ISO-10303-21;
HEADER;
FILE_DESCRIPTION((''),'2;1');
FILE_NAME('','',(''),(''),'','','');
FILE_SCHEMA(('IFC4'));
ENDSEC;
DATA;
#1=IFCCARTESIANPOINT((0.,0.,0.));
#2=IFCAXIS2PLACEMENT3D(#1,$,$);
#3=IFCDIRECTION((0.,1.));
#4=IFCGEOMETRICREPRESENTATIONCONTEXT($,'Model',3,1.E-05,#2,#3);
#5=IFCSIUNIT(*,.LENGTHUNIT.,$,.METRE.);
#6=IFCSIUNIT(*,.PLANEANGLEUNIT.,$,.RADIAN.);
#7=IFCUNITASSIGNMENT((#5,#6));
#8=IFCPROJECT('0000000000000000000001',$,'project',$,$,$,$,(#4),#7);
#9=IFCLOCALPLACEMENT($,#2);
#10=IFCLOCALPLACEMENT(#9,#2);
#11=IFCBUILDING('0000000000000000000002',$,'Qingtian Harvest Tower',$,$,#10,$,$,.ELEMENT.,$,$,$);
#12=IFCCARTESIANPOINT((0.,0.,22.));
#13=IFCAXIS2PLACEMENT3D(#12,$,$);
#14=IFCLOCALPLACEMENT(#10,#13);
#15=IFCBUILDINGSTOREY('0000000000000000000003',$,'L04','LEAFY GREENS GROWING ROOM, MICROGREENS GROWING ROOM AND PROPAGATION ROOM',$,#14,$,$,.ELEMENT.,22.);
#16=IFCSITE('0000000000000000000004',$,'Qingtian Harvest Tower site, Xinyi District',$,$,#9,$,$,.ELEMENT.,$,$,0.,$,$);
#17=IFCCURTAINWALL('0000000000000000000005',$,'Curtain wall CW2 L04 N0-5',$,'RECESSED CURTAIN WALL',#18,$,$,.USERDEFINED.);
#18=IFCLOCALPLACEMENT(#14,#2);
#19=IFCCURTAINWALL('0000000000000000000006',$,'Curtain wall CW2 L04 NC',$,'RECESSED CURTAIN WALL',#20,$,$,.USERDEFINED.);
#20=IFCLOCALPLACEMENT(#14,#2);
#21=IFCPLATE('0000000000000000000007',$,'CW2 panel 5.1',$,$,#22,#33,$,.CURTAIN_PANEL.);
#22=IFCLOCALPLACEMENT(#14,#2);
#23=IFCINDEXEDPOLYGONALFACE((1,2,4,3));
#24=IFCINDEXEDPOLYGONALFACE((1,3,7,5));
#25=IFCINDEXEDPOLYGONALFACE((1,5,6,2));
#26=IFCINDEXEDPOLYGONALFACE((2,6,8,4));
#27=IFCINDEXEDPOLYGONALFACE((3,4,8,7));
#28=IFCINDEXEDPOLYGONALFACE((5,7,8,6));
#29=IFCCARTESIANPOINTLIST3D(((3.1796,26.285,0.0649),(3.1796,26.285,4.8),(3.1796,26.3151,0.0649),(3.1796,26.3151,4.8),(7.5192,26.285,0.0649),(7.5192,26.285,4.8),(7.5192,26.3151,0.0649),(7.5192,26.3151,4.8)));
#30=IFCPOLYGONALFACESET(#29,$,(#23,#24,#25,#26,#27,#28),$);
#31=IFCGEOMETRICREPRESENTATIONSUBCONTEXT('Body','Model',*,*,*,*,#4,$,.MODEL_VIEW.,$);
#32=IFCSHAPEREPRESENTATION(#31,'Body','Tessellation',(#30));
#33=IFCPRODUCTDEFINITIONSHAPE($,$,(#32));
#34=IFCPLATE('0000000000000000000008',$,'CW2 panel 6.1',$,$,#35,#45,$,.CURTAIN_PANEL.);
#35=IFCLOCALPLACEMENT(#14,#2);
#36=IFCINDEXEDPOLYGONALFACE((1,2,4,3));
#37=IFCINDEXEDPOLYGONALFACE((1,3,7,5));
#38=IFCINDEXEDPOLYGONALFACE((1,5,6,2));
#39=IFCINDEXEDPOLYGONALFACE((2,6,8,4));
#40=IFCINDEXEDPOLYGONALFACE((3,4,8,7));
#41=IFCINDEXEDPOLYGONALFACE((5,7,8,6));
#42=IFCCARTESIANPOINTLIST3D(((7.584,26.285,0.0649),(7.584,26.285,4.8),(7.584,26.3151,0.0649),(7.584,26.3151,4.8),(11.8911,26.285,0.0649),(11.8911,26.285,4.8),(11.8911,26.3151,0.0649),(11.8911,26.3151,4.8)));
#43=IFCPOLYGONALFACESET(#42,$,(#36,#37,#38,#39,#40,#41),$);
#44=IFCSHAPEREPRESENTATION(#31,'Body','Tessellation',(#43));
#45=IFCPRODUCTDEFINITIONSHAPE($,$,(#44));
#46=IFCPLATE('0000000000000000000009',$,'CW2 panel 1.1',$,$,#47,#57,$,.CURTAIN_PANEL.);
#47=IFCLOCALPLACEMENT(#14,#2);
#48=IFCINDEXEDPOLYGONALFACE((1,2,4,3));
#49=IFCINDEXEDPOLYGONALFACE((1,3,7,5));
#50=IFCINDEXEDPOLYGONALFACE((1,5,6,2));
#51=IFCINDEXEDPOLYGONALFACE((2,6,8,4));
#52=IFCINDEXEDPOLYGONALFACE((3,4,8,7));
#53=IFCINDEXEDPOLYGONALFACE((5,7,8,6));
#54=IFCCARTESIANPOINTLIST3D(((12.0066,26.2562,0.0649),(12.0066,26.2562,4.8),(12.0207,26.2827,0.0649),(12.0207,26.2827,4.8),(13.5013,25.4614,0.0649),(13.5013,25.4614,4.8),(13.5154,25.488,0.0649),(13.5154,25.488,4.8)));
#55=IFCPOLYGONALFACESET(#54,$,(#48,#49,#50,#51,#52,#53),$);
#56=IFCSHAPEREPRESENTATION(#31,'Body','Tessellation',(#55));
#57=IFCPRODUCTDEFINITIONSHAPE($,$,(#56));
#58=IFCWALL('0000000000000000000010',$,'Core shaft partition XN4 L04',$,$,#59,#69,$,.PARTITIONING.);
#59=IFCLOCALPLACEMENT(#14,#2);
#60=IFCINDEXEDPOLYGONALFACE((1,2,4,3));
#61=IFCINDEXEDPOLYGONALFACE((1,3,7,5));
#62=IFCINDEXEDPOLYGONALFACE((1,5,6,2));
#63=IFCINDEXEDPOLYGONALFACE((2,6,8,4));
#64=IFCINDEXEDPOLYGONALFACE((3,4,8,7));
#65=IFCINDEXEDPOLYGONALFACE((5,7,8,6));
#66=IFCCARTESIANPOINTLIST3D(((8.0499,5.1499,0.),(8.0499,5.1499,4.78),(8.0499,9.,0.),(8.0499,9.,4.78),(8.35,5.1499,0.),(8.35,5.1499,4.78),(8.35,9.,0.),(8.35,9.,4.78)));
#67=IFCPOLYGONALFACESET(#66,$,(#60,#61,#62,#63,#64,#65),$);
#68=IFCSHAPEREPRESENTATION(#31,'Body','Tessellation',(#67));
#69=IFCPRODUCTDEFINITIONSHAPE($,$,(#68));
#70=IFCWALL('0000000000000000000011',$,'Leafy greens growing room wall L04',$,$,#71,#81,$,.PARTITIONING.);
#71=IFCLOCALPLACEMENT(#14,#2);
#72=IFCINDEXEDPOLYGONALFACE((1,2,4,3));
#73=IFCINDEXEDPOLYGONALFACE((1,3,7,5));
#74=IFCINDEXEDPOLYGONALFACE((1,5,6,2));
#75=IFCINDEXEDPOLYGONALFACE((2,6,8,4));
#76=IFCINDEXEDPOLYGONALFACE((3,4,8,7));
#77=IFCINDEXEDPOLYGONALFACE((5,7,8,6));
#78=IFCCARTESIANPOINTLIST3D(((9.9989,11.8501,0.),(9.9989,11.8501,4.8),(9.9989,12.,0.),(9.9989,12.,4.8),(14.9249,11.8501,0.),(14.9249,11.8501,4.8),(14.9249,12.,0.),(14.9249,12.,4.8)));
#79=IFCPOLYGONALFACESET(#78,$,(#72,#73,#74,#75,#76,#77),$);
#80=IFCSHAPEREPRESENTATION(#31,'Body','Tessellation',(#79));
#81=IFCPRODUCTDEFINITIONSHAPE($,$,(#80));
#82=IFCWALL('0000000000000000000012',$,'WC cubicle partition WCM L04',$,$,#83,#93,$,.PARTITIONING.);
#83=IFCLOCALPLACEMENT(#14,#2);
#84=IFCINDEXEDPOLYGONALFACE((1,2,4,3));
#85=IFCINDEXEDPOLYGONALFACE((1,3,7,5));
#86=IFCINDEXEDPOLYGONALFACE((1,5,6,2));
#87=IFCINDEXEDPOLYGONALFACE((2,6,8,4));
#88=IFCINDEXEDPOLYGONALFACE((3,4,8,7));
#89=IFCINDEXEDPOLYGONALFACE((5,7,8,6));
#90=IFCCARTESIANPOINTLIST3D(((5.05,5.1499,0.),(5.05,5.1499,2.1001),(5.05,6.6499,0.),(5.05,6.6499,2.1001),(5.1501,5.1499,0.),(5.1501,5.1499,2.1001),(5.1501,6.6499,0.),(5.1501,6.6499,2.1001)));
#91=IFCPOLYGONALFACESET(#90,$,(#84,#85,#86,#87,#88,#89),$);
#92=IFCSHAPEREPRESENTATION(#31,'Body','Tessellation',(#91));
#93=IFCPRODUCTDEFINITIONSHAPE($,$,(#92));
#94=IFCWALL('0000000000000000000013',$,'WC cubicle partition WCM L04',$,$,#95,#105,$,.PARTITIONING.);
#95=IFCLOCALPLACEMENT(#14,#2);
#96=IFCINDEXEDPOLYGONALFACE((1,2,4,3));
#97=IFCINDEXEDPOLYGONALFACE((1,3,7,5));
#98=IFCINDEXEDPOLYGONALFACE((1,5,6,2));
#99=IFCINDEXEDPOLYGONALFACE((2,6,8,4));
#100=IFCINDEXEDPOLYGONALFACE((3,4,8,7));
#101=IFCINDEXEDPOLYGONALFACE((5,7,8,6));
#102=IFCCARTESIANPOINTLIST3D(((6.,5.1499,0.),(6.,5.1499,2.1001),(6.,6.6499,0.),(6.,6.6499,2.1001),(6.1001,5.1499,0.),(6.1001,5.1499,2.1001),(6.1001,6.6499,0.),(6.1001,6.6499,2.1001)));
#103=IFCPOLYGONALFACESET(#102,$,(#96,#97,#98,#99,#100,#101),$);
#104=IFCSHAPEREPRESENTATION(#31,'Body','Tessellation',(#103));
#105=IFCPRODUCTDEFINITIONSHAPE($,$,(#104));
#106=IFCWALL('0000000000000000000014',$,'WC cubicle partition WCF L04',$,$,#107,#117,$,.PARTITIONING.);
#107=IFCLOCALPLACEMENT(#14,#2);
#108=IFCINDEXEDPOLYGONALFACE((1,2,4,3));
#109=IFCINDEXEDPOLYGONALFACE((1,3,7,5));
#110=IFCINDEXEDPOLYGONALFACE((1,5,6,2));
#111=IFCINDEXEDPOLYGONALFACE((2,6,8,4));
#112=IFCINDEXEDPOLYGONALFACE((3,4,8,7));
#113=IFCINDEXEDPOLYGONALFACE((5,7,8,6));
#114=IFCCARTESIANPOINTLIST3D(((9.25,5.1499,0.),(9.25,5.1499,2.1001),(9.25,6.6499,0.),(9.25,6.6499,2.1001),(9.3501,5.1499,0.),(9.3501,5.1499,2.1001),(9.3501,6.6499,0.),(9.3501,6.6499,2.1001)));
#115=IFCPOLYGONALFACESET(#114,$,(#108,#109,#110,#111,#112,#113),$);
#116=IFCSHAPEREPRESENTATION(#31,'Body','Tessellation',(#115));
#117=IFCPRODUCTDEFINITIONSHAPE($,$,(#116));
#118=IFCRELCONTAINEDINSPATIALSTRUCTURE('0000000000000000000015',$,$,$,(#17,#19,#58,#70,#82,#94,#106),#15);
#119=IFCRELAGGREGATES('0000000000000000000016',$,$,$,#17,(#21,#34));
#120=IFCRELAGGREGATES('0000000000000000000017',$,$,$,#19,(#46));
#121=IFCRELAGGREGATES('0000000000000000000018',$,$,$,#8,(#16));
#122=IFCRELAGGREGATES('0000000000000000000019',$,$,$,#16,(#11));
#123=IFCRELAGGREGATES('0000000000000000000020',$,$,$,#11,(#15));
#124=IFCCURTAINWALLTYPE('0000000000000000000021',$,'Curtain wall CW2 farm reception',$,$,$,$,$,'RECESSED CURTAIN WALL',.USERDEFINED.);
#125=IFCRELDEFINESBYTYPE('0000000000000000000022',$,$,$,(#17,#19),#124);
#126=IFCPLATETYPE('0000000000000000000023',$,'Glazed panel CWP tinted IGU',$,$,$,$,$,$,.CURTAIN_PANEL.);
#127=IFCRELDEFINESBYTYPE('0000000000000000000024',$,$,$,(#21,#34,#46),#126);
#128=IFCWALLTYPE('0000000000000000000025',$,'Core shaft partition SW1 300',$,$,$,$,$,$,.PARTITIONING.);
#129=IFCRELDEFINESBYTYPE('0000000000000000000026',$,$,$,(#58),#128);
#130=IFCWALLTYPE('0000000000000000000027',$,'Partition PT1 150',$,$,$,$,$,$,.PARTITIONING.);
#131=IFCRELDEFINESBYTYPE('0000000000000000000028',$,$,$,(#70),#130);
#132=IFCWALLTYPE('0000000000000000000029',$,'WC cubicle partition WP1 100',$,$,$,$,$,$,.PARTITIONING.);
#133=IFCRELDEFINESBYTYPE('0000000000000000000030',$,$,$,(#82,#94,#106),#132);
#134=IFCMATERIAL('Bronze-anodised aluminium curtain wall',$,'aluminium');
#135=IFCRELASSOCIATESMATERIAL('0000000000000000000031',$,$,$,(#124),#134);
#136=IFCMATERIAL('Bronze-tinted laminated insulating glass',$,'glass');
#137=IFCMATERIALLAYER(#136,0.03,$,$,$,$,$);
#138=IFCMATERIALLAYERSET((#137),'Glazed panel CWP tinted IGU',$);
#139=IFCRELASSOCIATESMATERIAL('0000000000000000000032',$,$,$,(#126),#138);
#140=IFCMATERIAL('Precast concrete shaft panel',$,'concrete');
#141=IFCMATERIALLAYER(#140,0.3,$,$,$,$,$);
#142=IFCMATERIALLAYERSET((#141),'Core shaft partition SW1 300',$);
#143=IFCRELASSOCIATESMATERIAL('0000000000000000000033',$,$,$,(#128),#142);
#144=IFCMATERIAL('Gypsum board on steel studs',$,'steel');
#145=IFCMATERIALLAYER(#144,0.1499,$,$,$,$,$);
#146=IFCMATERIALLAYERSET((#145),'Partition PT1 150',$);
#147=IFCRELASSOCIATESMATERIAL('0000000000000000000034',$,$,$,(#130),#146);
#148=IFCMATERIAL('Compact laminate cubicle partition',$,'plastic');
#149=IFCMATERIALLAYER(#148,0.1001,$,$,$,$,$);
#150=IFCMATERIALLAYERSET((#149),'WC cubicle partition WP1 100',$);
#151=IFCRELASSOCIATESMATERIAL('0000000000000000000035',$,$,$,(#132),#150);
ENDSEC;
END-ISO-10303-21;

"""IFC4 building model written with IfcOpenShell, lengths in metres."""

from ifc_helpers import new_model, si_unit, direction, frame, frame_2d, origin, origin_2d, place, context, subcontext, project, spatial, rectangle, extrude, material, layer, layer_set, type_object, element, aggregate, save


model = new_model("IFC4")

# Units and contexts
model_context = context("Model", 3, precision=1e-05, world=origin(), true_north=direction((0.0, 1.0)))
body_context = subcontext(model_context, "Body", "Model", "MODEL_VIEW")
ifc_project = project(units=[si_unit("LENGTHUNIT", "METRE"), si_unit("PLANEANGLEUNIT", "RADIAN")], contexts=[model_context])

# Site, building, storey
site_placement = place(None, origin())
site = spatial("IfcSite", under=ifc_project, at=site_placement, Name="Qingtian Harvest Tower site, Xinyi District", CompositionType="ELEMENT", RefElevation=0.0)
building_placement = place(site_placement, origin())
building = spatial("IfcBuilding", under=site, at=building_placement, Name="Qingtian Harvest Tower", CompositionType="ELEMENT")
storey_placement = place(building_placement, frame((0.0, 0.0, 22.0)))
storey = spatial("IfcBuildingStorey", under=building, at=storey_placement, Name="L04", Description="LEAFY GREENS GROWING ROOM, MICROGREENS GROWING ROOM AND PROPAGATION ROOM", CompositionType="ELEMENT", Elevation=22.0)

# Curtain walls
ifc_material_1 = material(Name="Bronze-anodised aluminium curtain wall", Category="aluminium")
curtain_wall_type = type_object("IfcCurtainWallType", Name="Curtain wall CW2 farm reception", ElementType="RECESSED CURTAIN WALL", PredefinedType="USERDEFINED", material=ifc_material_1)
curtain_wall_1_placement = place(storey_placement, origin())
curtain_wall_1 = element("IfcCurtainWall", 1, at=curtain_wall_1_placement, inside=storey, type_object=curtain_wall_type, Name="Curtain wall CW2 L04 N0-5", ObjectType="RECESSED CURTAIN WALL", PredefinedType="USERDEFINED")
curtain_wall_2_placement = place(storey_placement, origin())
curtain_wall_2 = element("IfcCurtainWall", 2, at=curtain_wall_2_placement, inside=storey, type_object=curtain_wall_type, Name="Curtain wall CW2 L04 NC", ObjectType="RECESSED CURTAIN WALL", PredefinedType="USERDEFINED")

# Plates
ifc_material_2 = material(Name="Bronze-tinted laminated insulating glass", Category="glass")
ifc_layer_1 = layer(ifc_material_2, 0.03)
ifc_layer_set_1 = layer_set([ifc_layer_1], Name="Glazed panel CWP tinted IGU")
plate_type = type_object("IfcPlateType", Name="Glazed panel CWP tinted IGU", PredefinedType="CURTAIN_PANEL", material=ifc_layer_set_1)
plate_1_placement = place(storey_placement, frame((5.3494, 26.3, 0.0649), z_axis=(0.0, 0.0, 1.0), x_axis=(1.0, 0.0, 0.0)))
plate_1 = element("IfcPlate", 3, at=plate_1_placement, type_object=plate_type, Name="CW2 panel 5.1", PredefinedType="CURTAIN_PANEL", context=body_context, shape_type="SweptSolid", body=[
    extrude(rectangle(XDim=4.3396, YDim=0.03, at=origin_2d()), origin(), (0.0, 0.0, 1.0), 4.7351),
])
plate_2_placement = place(storey_placement, frame((9.7375, 26.3, 0.0649), z_axis=(0.0, 0.0, 1.0), x_axis=(1.0, 0.0, 0.0)))
plate_2 = element("IfcPlate", 4, at=plate_2_placement, type_object=plate_type, Name="CW2 panel 6.1", PredefinedType="CURTAIN_PANEL", context=body_context, shape_type="SweptSolid", body=[
    extrude(rectangle(XDim=4.3071, YDim=0.03, at=origin_2d()), origin(), (0.0, 0.0, 1.0), 4.7351),
])
aggregate(curtain_wall_1, [plate_1, plate_2])
plate_3_placement = place(storey_placement, frame((12.761, 25.8721, 0.0649), z_axis=(0.0, 0.0, 1.0), x_axis=(0.882948, -0.469472, 0.0)))
plate_3 = element("IfcPlate", 5, at=plate_3_placement, type_object=plate_type, Name="CW2 panel 1.1", PredefinedType="CURTAIN_PANEL", context=body_context, shape_type="SweptSolid", body=[
    extrude(rectangle(XDim=1.6929, YDim=0.03, at=origin_2d()), origin(), (0.0, 0.0, 1.0), 4.7351),
])
aggregate(curtain_wall_2, [plate_3])

# Walls
ifc_material_3 = material(Name="Precast concrete shaft panel", Category="concrete")
ifc_layer_2 = layer(ifc_material_3, 0.3)
ifc_layer_set_2 = layer_set([ifc_layer_2], Name="Core shaft partition SW1 300")
wall_type_1 = type_object("IfcWallType", Name="Core shaft partition SW1 300", PredefinedType="PARTITIONING", material=ifc_layer_set_2)
wall_1_placement = place(storey_placement, frame((8.2, 5.1499, 0.0), z_axis=(0.0, 0.0, 1.0), x_axis=(0.0, 1.0, 0.0)))
element("IfcWall", 6, at=wall_1_placement, inside=storey, type_object=wall_type_1, Name="Core shaft partition XN4 L04", PredefinedType="PARTITIONING", context=body_context, shape_type="SweptSolid", body=[
    extrude(rectangle(XDim=3.8501, YDim=0.3, at=frame_2d((1.925, 0.0))), origin(), (0.0, 0.0, 1.0), 4.78),
])
ifc_material_4 = material(Name="Gypsum board on steel studs", Category="steel")
ifc_layer_3 = layer(ifc_material_4, 0.1499)
ifc_layer_set_3 = layer_set([ifc_layer_3], Name="Partition PT1 150")
wall_type_2 = type_object("IfcWallType", Name="Partition PT1 150", PredefinedType="PARTITIONING", material=ifc_layer_set_3)
wall_2_placement = place(storey_placement, frame((9.999, 11.925, 0.0), z_axis=(0.0, 0.0, 1.0), x_axis=(1.0, 0.0, 0.0)))
element("IfcWall", 7, at=wall_2_placement, inside=storey, type_object=wall_type_2, Name="Leafy greens growing room wall L04", PredefinedType="PARTITIONING", context=body_context, shape_type="SweptSolid", body=[
    extrude(rectangle(XDim=4.926, YDim=0.1499, at=frame_2d((2.4629, 0.0))), origin(), (0.0, 0.0, 1.0), 4.8),
])
ifc_material_5 = material(Name="Compact laminate cubicle partition", Category="plastic")
ifc_layer_4 = layer(ifc_material_5, 0.1001)
ifc_layer_set_4 = layer_set([ifc_layer_4], Name="WC cubicle partition WP1 100")
wall_type_3 = type_object("IfcWallType", Name="WC cubicle partition WP1 100", PredefinedType="PARTITIONING", material=ifc_layer_set_4)
for number, where, z_axis, x_axis, name in (
    (8, (5.1001, 5.1499, 0.0), (0.0, 0.0, 1.0), (0.0, 1.0, 0.0), "WC cubicle partition WCM L04"),
    (9, (6.05, 5.1499, 0.0), (0.0, 0.0, 1.0), (0.0, 1.0, 0.0), "WC cubicle partition WCM L04"),
    (10, (9.3, 5.1499, 0.0), (0.0, 0.0, 1.0), (0.0, 1.0, 0.0), "WC cubicle partition WCF L04"),
):
    element("IfcWall", number, at=place(storey_placement, frame(where, z_axis=z_axis, x_axis=x_axis)), inside=storey, type_object=wall_type_3, Name=name, PredefinedType="PARTITIONING", context=body_context, shape_type="SweptSolid", body=[
        extrude(rectangle(XDim=1.5, YDim=0.1001, at=frame_2d((0.75, 0.0))), origin(), (0.0, 0.0, 1.0), 2.1001),
    ])

save(model, "model.ifc")
